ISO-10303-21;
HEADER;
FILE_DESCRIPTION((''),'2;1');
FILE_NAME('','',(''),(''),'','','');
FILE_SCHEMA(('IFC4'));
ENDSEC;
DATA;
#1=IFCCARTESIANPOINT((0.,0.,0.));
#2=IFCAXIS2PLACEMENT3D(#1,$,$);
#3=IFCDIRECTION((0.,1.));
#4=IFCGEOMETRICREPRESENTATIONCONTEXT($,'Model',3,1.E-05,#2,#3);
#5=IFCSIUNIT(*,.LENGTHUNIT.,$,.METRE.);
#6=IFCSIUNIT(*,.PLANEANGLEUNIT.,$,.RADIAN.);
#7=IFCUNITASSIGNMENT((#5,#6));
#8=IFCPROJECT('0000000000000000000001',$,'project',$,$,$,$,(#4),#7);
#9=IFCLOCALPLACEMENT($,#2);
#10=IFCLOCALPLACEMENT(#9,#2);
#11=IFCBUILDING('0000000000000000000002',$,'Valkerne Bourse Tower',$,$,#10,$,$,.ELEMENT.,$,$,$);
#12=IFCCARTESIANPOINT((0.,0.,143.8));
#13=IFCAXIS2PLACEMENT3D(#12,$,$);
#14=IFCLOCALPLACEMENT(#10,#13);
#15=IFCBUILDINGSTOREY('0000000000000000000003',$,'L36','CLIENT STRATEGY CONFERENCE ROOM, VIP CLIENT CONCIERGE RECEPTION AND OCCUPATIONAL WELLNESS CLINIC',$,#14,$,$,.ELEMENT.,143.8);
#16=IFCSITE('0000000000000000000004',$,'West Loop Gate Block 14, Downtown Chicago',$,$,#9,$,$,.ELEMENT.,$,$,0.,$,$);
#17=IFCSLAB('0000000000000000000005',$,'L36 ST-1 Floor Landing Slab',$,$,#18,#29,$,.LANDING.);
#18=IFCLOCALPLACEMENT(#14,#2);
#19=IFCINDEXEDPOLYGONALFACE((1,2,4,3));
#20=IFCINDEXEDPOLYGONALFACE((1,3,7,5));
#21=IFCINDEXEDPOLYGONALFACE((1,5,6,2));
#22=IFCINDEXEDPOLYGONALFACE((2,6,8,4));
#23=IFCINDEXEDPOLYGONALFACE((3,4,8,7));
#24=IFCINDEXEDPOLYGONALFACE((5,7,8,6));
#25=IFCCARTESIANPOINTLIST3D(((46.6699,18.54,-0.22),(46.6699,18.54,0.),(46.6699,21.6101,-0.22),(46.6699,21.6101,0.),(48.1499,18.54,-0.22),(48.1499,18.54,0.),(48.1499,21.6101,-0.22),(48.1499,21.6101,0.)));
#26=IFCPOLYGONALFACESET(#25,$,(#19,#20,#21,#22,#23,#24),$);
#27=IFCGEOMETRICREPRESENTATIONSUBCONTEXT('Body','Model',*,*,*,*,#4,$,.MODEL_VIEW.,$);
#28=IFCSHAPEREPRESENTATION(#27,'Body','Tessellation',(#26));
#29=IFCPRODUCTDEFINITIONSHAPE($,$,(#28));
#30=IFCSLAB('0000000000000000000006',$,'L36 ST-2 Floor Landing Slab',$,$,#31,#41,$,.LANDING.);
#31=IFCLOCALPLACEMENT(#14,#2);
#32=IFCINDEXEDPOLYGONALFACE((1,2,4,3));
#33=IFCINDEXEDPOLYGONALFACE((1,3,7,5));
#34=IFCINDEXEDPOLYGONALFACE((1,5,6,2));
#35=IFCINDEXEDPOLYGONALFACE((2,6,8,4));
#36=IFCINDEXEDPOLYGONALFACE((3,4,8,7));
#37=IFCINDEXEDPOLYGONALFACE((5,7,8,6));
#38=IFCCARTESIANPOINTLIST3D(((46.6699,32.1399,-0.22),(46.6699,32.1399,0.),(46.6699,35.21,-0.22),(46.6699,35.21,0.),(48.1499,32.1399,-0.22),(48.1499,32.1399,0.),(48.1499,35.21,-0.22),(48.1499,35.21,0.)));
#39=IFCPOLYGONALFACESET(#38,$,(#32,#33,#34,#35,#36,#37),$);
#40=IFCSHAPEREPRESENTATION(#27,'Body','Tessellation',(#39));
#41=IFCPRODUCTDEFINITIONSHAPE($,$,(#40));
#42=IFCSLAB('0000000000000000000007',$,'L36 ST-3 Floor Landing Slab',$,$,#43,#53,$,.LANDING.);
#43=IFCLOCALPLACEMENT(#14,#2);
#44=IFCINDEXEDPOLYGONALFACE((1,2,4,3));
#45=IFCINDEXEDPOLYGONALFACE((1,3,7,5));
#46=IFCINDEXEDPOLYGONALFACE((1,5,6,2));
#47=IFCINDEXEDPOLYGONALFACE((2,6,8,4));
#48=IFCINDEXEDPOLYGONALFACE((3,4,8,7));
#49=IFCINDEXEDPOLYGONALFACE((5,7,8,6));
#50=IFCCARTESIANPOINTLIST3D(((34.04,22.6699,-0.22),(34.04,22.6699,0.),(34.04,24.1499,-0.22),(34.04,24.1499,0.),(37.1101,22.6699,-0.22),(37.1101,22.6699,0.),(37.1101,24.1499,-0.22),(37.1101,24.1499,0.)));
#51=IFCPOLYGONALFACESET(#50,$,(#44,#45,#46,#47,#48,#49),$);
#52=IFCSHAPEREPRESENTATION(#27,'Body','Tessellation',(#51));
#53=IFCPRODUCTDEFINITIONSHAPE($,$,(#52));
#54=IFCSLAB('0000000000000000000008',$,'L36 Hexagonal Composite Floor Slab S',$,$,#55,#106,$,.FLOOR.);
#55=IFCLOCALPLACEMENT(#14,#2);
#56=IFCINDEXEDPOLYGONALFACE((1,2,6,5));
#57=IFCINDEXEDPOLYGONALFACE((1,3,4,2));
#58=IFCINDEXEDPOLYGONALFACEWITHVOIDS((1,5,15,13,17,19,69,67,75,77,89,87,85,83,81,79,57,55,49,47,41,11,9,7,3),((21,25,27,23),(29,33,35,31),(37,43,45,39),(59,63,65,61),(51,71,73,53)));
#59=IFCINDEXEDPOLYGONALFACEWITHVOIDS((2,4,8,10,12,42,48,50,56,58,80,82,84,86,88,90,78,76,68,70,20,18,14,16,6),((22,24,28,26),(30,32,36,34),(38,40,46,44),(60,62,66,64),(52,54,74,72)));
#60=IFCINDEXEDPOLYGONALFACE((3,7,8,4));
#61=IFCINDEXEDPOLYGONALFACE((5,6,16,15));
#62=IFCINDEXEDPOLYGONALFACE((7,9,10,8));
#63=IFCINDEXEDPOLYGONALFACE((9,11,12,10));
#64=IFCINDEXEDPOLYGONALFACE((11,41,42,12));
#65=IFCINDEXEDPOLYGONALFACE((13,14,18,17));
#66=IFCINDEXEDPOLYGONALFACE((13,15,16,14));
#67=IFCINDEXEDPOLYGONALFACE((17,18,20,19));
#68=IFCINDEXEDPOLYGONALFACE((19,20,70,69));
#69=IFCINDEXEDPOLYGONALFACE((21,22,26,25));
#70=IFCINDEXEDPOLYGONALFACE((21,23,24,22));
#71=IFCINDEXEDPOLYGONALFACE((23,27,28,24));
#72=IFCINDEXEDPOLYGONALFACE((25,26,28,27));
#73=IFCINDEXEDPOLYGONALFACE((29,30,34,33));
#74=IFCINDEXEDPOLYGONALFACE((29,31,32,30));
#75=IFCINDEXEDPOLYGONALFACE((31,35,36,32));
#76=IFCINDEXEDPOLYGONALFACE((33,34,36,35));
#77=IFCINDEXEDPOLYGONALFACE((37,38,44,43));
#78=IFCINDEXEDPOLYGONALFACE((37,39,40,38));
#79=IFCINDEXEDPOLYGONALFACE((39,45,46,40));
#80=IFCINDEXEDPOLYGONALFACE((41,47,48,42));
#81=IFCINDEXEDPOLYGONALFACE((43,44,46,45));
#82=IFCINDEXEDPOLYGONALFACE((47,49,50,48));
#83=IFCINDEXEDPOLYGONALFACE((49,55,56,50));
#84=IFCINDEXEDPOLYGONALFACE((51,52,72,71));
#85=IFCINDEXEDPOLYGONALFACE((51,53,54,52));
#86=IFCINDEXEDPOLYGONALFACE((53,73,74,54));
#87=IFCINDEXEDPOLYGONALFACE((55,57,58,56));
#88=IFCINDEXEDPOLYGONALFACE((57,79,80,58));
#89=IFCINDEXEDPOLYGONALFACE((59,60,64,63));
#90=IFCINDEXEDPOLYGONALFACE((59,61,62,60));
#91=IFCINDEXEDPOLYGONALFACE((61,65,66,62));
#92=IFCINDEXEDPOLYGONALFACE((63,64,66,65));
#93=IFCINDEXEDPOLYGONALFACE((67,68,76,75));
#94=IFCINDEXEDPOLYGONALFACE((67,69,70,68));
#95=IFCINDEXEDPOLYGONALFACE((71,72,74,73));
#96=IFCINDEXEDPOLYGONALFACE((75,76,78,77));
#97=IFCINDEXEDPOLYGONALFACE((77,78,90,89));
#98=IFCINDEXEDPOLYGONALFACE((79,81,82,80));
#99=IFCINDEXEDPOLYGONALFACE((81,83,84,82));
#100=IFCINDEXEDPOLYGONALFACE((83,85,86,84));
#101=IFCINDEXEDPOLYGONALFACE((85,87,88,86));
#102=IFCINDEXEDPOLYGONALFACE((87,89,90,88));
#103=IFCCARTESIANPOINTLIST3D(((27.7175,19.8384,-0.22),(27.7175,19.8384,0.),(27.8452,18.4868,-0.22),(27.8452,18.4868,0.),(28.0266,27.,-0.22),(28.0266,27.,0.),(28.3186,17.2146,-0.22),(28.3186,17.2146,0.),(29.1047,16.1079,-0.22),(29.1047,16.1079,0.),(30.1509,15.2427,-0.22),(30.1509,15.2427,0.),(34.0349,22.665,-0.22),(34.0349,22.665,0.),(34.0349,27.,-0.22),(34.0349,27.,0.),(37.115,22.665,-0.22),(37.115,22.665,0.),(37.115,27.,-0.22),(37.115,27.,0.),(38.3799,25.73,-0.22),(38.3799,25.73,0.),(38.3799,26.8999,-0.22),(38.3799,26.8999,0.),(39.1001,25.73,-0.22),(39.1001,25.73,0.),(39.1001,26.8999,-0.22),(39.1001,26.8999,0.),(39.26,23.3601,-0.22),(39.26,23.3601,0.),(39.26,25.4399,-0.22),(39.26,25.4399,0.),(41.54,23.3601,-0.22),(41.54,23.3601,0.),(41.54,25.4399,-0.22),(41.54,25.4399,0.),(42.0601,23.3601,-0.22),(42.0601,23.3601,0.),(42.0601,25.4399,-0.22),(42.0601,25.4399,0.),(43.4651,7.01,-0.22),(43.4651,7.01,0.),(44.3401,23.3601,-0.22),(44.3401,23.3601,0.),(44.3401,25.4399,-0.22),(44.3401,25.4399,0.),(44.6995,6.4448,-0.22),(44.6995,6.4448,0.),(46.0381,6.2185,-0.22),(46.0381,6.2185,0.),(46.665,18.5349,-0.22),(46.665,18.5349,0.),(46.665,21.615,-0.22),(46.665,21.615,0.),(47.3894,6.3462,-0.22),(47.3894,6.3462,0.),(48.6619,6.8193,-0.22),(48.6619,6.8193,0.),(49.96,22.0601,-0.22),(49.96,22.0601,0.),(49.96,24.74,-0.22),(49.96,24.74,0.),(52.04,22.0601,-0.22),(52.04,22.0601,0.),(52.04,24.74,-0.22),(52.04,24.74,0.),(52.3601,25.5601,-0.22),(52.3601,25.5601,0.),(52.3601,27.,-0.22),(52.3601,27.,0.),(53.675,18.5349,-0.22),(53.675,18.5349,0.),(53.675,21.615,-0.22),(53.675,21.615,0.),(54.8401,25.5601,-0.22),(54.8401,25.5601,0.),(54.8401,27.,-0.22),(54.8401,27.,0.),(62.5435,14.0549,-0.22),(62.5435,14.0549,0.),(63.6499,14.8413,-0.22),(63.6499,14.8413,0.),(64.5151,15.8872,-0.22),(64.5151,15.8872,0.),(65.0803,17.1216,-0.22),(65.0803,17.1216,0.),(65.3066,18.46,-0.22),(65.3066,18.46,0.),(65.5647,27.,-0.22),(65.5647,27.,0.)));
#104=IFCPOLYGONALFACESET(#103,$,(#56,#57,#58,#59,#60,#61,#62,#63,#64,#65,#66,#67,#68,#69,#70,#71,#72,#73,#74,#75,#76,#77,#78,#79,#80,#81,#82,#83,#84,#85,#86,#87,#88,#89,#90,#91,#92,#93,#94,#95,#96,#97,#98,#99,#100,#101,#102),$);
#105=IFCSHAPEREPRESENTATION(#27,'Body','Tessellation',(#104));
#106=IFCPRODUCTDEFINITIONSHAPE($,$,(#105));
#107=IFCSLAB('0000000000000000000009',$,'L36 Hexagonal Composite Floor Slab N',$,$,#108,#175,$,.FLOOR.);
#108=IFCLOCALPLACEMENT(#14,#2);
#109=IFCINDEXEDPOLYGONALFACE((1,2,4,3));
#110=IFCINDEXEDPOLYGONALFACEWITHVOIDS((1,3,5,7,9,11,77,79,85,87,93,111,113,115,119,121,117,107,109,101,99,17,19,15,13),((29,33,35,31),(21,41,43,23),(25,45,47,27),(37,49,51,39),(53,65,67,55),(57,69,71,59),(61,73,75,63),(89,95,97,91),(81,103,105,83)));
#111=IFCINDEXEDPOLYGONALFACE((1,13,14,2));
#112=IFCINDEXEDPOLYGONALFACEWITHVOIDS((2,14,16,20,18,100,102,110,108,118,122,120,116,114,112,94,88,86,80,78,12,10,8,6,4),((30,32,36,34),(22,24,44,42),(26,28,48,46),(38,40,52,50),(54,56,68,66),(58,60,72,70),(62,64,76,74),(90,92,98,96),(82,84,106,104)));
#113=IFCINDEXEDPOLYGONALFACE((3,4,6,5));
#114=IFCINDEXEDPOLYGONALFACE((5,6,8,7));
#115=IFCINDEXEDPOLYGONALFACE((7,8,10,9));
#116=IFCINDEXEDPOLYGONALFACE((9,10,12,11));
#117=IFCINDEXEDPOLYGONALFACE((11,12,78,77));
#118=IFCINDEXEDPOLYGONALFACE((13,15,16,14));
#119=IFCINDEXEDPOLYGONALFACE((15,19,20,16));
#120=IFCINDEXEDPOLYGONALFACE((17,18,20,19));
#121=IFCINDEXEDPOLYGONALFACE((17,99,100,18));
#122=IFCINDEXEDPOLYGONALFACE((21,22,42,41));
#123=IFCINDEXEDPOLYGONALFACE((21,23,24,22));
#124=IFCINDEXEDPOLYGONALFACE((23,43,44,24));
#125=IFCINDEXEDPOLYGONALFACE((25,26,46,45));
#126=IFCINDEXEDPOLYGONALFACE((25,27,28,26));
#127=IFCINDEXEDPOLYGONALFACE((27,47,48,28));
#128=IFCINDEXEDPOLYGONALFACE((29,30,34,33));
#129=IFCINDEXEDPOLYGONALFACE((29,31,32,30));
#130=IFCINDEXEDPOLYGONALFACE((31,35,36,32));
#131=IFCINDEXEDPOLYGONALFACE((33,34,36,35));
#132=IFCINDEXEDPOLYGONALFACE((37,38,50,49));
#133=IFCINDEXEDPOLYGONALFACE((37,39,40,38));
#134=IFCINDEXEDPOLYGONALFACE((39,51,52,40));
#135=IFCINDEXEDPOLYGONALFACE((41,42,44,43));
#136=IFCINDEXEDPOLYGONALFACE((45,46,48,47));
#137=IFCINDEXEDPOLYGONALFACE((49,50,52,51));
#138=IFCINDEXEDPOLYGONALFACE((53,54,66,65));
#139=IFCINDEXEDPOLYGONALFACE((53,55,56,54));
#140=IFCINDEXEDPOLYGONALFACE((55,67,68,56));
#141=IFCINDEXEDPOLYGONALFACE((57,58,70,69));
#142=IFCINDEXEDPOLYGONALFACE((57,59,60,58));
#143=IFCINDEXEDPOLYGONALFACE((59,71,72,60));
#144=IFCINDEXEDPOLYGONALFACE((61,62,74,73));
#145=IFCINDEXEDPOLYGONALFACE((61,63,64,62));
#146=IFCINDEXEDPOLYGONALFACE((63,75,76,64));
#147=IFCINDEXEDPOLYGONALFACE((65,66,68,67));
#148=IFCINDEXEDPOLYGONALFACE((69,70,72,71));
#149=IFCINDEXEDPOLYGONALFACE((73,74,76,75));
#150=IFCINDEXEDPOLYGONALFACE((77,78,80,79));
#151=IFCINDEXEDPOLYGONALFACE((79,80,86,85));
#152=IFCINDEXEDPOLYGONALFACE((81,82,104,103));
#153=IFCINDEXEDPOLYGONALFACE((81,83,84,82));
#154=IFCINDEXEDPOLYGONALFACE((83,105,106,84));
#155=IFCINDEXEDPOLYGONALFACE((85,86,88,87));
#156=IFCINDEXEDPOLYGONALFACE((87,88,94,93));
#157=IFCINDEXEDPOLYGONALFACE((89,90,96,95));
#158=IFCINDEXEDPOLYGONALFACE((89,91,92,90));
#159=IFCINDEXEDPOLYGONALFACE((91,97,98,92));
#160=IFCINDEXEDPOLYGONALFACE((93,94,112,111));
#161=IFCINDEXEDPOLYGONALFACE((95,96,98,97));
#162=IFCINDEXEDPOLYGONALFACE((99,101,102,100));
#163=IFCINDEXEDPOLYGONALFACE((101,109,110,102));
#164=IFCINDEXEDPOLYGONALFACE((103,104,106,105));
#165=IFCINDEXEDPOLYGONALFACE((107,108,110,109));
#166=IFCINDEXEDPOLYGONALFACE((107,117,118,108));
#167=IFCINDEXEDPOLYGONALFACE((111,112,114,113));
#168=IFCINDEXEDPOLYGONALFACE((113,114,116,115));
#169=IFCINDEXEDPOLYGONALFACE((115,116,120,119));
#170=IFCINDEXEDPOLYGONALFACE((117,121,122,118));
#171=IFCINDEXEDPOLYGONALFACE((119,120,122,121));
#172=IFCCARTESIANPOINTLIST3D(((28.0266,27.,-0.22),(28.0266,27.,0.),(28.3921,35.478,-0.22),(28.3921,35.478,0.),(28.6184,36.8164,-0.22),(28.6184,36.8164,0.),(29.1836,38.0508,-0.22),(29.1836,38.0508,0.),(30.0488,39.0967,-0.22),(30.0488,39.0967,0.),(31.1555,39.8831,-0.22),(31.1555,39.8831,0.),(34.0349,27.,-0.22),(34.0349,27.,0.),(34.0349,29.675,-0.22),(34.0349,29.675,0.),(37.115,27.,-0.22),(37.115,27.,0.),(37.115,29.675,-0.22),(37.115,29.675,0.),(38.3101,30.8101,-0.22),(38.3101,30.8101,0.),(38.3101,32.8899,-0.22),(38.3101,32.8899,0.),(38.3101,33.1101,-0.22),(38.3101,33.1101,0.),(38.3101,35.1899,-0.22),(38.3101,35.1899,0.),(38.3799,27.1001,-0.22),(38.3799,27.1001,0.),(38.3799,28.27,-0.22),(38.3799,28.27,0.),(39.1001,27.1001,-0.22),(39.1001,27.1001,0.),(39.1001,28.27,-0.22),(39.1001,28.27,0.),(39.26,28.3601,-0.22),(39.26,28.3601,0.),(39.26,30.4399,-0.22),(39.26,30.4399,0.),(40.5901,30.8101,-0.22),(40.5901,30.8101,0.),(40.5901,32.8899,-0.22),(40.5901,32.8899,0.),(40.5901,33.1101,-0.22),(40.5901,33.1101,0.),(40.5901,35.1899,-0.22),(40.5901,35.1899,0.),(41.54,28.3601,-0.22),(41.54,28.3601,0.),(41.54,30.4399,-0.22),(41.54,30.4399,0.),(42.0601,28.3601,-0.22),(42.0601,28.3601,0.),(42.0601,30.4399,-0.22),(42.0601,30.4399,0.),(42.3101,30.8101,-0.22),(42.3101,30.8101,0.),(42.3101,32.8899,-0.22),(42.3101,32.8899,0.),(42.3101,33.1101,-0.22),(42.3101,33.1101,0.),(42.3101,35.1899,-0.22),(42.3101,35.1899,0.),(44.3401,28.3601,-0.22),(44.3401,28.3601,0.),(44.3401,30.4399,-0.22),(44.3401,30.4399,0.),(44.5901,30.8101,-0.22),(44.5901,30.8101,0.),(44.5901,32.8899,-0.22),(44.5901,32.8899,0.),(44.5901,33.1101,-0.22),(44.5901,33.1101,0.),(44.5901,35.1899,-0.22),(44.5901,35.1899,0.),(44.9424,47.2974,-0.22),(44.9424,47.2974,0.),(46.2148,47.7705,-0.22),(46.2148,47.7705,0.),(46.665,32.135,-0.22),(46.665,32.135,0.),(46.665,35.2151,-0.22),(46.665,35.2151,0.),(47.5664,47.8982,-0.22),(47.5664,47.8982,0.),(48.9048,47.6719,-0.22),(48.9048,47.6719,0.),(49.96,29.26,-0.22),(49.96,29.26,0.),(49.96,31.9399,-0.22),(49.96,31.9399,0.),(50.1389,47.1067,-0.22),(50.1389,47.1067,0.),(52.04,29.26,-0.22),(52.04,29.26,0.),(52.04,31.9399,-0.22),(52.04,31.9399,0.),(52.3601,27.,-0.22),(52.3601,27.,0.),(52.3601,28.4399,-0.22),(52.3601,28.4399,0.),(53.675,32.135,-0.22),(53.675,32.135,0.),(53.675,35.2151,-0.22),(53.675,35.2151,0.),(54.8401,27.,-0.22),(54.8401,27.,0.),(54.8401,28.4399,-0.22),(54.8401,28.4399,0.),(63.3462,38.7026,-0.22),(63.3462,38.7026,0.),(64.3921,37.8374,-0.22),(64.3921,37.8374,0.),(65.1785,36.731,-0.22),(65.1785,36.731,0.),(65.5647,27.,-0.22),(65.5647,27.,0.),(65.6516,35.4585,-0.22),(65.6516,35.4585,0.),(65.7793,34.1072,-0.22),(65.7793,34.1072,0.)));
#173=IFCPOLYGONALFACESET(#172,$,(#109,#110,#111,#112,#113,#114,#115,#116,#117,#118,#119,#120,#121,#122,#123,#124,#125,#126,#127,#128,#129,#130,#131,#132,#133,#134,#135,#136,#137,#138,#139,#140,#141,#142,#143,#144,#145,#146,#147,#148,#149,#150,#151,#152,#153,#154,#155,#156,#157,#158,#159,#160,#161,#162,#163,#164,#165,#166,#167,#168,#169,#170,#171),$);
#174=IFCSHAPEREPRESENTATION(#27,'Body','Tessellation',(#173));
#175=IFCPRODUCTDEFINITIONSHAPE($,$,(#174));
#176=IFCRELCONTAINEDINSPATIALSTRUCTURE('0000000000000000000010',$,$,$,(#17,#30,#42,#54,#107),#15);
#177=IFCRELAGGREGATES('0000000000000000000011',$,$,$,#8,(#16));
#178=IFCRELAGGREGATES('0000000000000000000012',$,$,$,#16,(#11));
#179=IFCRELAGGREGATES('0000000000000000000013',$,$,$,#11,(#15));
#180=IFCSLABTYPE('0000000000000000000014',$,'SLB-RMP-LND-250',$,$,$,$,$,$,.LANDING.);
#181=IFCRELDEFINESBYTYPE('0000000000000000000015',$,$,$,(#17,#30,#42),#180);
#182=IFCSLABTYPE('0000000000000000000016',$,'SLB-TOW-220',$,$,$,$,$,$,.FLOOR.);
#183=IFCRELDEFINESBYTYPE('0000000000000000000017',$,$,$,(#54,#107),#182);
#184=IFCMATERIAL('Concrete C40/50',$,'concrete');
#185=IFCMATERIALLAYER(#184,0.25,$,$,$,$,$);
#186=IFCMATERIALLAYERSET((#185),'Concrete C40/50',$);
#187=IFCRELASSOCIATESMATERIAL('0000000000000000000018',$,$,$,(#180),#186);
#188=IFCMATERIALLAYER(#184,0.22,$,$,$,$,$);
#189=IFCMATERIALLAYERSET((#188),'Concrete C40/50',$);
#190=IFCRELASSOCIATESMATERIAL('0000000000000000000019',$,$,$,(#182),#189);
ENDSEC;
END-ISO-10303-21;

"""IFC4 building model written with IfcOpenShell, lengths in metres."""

from ifc_helpers import new_model, si_unit, direction, frame, origin, place, context, subcontext, project, spatial, polyline, outline, extrude, material, layer, layer_set, type_object, element, save


model = new_model("IFC4")

# Units and contexts
model_context = context("Model", 3, precision=1e-05, world=origin(), true_north=direction((0.0, 1.0)))
body_context = subcontext(model_context, "Body", "Model", "MODEL_VIEW")
ifc_project = project(units=[si_unit("LENGTHUNIT", "METRE"), si_unit("PLANEANGLEUNIT", "RADIAN")], contexts=[model_context])

# Site, building, storey
site_placement = place(None, origin())
site = spatial("IfcSite", under=ifc_project, at=site_placement, Name="West Loop Gate Block 14, Downtown Chicago", CompositionType="ELEMENT", RefElevation=0.0)
building_placement = place(site_placement, origin())
building = spatial("IfcBuilding", under=site, at=building_placement, Name="Valkerne Bourse Tower", CompositionType="ELEMENT")
storey_placement = place(building_placement, frame((0.0, 0.0, 143.8)))
storey = spatial("IfcBuildingStorey", under=building, at=storey_placement, Name="L36", Description="CLIENT STRATEGY CONFERENCE ROOM, VIP CLIENT CONCIERGE RECEPTION AND OCCUPATIONAL WELLNESS CLINIC", CompositionType="ELEMENT", Elevation=143.8)

# Slabs
ifc_material_1 = material(Name="Concrete C40/50", Category="concrete")
ifc_layer_1 = layer(ifc_material_1, 0.25)
ifc_layer_set_1 = layer_set([ifc_layer_1], Name="Concrete C40/50")
slab_type_1 = type_object("IfcSlabType", Name="SLB-RMP-LND-250", PredefinedType="LANDING", material=ifc_layer_set_1)
slab_1_placement = place(storey_placement, frame((0.0, 0.0, -0.22)))
element("IfcSlab", 1, at=slab_1_placement, inside=storey, type_object=slab_type_1, Name="L36 ST-1 Floor Landing Slab", PredefinedType="LANDING", context=body_context, shape_type="SweptSolid", body=[
    extrude(outline(polyline([(46.6699, 18.54), (48.1499, 18.54), (48.1499, 21.6101), (46.6699, 21.6101), (46.6699, 18.54)])), origin(), (0.0, 0.0, 1.0), 0.22),
])
slab_2_placement = place(storey_placement, frame((0.0, 0.0, -0.22)))
element("IfcSlab", 2, at=slab_2_placement, inside=storey, type_object=slab_type_1, Name="L36 ST-2 Floor Landing Slab", PredefinedType="LANDING", context=body_context, shape_type="SweptSolid", body=[
    extrude(outline(polyline([(46.6699, 32.1399), (48.1499, 32.1399), (48.1499, 35.21), (46.6699, 35.21), (46.6699, 32.1399)])), origin(), (0.0, 0.0, 1.0), 0.22),
])
slab_3_placement = place(storey_placement, frame((0.0, 0.0, -0.22)))
element("IfcSlab", 3, at=slab_3_placement, inside=storey, type_object=slab_type_1, Name="L36 ST-3 Floor Landing Slab", PredefinedType="LANDING", context=body_context, shape_type="SweptSolid", body=[
    extrude(outline(polyline([(37.1101, 22.6699), (37.1101, 24.1499), (34.04, 24.1499), (34.04, 22.6699), (37.1101, 22.6699)])), origin(), (0.0, 0.0, 1.0), 0.22),
])
ifc_layer_2 = layer(ifc_material_1, 0.22)
ifc_layer_set_2 = layer_set([ifc_layer_2], Name="Concrete C40/50")
slab_type_2 = type_object("IfcSlabType", Name="SLB-TOW-220", PredefinedType="FLOOR", material=ifc_layer_set_2)
slab_4_placement = place(storey_placement, frame((0.0, 0.0, -0.22)))
element("IfcSlab", 4, at=slab_4_placement, inside=storey, type_object=slab_type_2, Name="L36 Hexagonal Composite Floor Slab S", PredefinedType="FLOOR", context=body_context, shape_type="SweptSolid", body=[
    extrude(outline(polyline([(65.0803, 17.1216), (64.5151, 15.8872), (63.6499, 14.8413), (62.5435, 14.0549), (48.6619, 6.8193), (47.3894, 6.3462), (46.0381, 6.2185), (44.6995, 6.4448), (43.4651, 7.01), (30.1509, 15.2427), (29.1047, 16.1079), (28.3186, 17.2146), (27.8452, 18.4868), (27.7175, 19.8384), (28.0266, 27.0), (34.0349, 27.0), (34.0349, 22.665), (37.115, 22.665), (37.115, 27.0), (52.3601, 27.0), (52.3601, 25.5601), (54.8401, 25.5601), (54.8401, 27.0), (65.5647, 27.0), (65.3066, 18.46), (65.0803, 17.1216)]), holes=[polyline([(41.54, 25.4399), (39.26, 25.4399), (39.26, 23.3601), (41.54, 23.3601), (41.54, 25.4399)]), polyline([(44.3401, 25.4399), (42.0601, 25.4399), (42.0601, 23.3601), (44.3401, 23.3601), (44.3401, 25.4399)]), polyline([(39.1001, 26.8999), (38.3799, 26.8999), (38.3799, 25.73), (39.1001, 25.73), (39.1001, 26.8999)]), polyline([(53.675, 21.615), (46.665, 21.615), (46.665, 18.5349), (53.675, 18.5349), (53.675, 21.615)]), polyline([(52.04, 24.74), (49.96, 24.74), (49.96, 22.0601), (52.04, 22.0601), (52.04, 24.74)])]), origin(), (0.0, 0.0, 1.0), 0.22),
])
slab_5_placement = place(storey_placement, frame((0.0, 0.0, -0.22)))
element("IfcSlab", 5, at=slab_5_placement, inside=storey, type_object=slab_type_2, Name="L36 Hexagonal Composite Floor Slab N", PredefinedType="FLOOR", context=body_context, shape_type="SweptSolid", body=[
    extrude(outline(polyline([(28.3921, 35.478), (28.6184, 36.8164), (29.1836, 38.0508), (30.0488, 39.0967), (31.1555, 39.8831), (44.9424, 47.2974), (46.2148, 47.7705), (47.5664, 47.8982), (48.9048, 47.6719), (50.1389, 47.1067), (63.3462, 38.7026), (64.3921, 37.8374), (65.1785, 36.731), (65.6516, 35.4585), (65.7793, 34.1072), (65.5647, 27.0), (54.8401, 27.0), (54.8401, 28.4399), (52.3601, 28.4399), (52.3601, 27.0), (37.115, 27.0), (37.115, 29.675), (34.0349, 29.675), (34.0349, 27.0), (28.0266, 27.0), (28.3921, 35.478)]), holes=[polyline([(39.1001, 28.27), (38.3799, 28.27), (38.3799, 27.1001), (39.1001, 27.1001), (39.1001, 28.27)]), polyline([(41.54, 30.4399), (39.26, 30.4399), (39.26, 28.3601), (41.54, 28.3601), (41.54, 30.4399)]), polyline([(40.5901, 32.8899), (38.3101, 32.8899), (38.3101, 30.8101), (40.5901, 30.8101), (40.5901, 32.8899)]), polyline([(40.5901, 35.1899), (38.3101, 35.1899), (38.3101, 33.1101), (40.5901, 33.1101), (40.5901, 35.1899)]), polyline([(44.3401, 30.4399), (42.0601, 30.4399), (42.0601, 28.3601), (44.3401, 28.3601), (44.3401, 30.4399)]), polyline([(52.04, 31.9399), (49.96, 31.9399), (49.96, 29.26), (52.04, 29.26), (52.04, 31.9399)]), polyline([(44.5901, 32.8899), (42.3101, 32.8899), (42.3101, 30.8101), (44.5901, 30.8101), (44.5901, 32.8899)]), polyline([(53.675, 35.2151), (46.665, 35.2151), (46.665, 32.135), (53.675, 32.135), (53.675, 35.2151)]), polyline([(44.5901, 35.1899), (42.3101, 35.1899), (42.3101, 33.1101), (44.5901, 33.1101), (44.5901, 35.1899)])]), origin(), (0.0, 0.0, 1.0), 0.22),
])

save(model, "model.ifc")
